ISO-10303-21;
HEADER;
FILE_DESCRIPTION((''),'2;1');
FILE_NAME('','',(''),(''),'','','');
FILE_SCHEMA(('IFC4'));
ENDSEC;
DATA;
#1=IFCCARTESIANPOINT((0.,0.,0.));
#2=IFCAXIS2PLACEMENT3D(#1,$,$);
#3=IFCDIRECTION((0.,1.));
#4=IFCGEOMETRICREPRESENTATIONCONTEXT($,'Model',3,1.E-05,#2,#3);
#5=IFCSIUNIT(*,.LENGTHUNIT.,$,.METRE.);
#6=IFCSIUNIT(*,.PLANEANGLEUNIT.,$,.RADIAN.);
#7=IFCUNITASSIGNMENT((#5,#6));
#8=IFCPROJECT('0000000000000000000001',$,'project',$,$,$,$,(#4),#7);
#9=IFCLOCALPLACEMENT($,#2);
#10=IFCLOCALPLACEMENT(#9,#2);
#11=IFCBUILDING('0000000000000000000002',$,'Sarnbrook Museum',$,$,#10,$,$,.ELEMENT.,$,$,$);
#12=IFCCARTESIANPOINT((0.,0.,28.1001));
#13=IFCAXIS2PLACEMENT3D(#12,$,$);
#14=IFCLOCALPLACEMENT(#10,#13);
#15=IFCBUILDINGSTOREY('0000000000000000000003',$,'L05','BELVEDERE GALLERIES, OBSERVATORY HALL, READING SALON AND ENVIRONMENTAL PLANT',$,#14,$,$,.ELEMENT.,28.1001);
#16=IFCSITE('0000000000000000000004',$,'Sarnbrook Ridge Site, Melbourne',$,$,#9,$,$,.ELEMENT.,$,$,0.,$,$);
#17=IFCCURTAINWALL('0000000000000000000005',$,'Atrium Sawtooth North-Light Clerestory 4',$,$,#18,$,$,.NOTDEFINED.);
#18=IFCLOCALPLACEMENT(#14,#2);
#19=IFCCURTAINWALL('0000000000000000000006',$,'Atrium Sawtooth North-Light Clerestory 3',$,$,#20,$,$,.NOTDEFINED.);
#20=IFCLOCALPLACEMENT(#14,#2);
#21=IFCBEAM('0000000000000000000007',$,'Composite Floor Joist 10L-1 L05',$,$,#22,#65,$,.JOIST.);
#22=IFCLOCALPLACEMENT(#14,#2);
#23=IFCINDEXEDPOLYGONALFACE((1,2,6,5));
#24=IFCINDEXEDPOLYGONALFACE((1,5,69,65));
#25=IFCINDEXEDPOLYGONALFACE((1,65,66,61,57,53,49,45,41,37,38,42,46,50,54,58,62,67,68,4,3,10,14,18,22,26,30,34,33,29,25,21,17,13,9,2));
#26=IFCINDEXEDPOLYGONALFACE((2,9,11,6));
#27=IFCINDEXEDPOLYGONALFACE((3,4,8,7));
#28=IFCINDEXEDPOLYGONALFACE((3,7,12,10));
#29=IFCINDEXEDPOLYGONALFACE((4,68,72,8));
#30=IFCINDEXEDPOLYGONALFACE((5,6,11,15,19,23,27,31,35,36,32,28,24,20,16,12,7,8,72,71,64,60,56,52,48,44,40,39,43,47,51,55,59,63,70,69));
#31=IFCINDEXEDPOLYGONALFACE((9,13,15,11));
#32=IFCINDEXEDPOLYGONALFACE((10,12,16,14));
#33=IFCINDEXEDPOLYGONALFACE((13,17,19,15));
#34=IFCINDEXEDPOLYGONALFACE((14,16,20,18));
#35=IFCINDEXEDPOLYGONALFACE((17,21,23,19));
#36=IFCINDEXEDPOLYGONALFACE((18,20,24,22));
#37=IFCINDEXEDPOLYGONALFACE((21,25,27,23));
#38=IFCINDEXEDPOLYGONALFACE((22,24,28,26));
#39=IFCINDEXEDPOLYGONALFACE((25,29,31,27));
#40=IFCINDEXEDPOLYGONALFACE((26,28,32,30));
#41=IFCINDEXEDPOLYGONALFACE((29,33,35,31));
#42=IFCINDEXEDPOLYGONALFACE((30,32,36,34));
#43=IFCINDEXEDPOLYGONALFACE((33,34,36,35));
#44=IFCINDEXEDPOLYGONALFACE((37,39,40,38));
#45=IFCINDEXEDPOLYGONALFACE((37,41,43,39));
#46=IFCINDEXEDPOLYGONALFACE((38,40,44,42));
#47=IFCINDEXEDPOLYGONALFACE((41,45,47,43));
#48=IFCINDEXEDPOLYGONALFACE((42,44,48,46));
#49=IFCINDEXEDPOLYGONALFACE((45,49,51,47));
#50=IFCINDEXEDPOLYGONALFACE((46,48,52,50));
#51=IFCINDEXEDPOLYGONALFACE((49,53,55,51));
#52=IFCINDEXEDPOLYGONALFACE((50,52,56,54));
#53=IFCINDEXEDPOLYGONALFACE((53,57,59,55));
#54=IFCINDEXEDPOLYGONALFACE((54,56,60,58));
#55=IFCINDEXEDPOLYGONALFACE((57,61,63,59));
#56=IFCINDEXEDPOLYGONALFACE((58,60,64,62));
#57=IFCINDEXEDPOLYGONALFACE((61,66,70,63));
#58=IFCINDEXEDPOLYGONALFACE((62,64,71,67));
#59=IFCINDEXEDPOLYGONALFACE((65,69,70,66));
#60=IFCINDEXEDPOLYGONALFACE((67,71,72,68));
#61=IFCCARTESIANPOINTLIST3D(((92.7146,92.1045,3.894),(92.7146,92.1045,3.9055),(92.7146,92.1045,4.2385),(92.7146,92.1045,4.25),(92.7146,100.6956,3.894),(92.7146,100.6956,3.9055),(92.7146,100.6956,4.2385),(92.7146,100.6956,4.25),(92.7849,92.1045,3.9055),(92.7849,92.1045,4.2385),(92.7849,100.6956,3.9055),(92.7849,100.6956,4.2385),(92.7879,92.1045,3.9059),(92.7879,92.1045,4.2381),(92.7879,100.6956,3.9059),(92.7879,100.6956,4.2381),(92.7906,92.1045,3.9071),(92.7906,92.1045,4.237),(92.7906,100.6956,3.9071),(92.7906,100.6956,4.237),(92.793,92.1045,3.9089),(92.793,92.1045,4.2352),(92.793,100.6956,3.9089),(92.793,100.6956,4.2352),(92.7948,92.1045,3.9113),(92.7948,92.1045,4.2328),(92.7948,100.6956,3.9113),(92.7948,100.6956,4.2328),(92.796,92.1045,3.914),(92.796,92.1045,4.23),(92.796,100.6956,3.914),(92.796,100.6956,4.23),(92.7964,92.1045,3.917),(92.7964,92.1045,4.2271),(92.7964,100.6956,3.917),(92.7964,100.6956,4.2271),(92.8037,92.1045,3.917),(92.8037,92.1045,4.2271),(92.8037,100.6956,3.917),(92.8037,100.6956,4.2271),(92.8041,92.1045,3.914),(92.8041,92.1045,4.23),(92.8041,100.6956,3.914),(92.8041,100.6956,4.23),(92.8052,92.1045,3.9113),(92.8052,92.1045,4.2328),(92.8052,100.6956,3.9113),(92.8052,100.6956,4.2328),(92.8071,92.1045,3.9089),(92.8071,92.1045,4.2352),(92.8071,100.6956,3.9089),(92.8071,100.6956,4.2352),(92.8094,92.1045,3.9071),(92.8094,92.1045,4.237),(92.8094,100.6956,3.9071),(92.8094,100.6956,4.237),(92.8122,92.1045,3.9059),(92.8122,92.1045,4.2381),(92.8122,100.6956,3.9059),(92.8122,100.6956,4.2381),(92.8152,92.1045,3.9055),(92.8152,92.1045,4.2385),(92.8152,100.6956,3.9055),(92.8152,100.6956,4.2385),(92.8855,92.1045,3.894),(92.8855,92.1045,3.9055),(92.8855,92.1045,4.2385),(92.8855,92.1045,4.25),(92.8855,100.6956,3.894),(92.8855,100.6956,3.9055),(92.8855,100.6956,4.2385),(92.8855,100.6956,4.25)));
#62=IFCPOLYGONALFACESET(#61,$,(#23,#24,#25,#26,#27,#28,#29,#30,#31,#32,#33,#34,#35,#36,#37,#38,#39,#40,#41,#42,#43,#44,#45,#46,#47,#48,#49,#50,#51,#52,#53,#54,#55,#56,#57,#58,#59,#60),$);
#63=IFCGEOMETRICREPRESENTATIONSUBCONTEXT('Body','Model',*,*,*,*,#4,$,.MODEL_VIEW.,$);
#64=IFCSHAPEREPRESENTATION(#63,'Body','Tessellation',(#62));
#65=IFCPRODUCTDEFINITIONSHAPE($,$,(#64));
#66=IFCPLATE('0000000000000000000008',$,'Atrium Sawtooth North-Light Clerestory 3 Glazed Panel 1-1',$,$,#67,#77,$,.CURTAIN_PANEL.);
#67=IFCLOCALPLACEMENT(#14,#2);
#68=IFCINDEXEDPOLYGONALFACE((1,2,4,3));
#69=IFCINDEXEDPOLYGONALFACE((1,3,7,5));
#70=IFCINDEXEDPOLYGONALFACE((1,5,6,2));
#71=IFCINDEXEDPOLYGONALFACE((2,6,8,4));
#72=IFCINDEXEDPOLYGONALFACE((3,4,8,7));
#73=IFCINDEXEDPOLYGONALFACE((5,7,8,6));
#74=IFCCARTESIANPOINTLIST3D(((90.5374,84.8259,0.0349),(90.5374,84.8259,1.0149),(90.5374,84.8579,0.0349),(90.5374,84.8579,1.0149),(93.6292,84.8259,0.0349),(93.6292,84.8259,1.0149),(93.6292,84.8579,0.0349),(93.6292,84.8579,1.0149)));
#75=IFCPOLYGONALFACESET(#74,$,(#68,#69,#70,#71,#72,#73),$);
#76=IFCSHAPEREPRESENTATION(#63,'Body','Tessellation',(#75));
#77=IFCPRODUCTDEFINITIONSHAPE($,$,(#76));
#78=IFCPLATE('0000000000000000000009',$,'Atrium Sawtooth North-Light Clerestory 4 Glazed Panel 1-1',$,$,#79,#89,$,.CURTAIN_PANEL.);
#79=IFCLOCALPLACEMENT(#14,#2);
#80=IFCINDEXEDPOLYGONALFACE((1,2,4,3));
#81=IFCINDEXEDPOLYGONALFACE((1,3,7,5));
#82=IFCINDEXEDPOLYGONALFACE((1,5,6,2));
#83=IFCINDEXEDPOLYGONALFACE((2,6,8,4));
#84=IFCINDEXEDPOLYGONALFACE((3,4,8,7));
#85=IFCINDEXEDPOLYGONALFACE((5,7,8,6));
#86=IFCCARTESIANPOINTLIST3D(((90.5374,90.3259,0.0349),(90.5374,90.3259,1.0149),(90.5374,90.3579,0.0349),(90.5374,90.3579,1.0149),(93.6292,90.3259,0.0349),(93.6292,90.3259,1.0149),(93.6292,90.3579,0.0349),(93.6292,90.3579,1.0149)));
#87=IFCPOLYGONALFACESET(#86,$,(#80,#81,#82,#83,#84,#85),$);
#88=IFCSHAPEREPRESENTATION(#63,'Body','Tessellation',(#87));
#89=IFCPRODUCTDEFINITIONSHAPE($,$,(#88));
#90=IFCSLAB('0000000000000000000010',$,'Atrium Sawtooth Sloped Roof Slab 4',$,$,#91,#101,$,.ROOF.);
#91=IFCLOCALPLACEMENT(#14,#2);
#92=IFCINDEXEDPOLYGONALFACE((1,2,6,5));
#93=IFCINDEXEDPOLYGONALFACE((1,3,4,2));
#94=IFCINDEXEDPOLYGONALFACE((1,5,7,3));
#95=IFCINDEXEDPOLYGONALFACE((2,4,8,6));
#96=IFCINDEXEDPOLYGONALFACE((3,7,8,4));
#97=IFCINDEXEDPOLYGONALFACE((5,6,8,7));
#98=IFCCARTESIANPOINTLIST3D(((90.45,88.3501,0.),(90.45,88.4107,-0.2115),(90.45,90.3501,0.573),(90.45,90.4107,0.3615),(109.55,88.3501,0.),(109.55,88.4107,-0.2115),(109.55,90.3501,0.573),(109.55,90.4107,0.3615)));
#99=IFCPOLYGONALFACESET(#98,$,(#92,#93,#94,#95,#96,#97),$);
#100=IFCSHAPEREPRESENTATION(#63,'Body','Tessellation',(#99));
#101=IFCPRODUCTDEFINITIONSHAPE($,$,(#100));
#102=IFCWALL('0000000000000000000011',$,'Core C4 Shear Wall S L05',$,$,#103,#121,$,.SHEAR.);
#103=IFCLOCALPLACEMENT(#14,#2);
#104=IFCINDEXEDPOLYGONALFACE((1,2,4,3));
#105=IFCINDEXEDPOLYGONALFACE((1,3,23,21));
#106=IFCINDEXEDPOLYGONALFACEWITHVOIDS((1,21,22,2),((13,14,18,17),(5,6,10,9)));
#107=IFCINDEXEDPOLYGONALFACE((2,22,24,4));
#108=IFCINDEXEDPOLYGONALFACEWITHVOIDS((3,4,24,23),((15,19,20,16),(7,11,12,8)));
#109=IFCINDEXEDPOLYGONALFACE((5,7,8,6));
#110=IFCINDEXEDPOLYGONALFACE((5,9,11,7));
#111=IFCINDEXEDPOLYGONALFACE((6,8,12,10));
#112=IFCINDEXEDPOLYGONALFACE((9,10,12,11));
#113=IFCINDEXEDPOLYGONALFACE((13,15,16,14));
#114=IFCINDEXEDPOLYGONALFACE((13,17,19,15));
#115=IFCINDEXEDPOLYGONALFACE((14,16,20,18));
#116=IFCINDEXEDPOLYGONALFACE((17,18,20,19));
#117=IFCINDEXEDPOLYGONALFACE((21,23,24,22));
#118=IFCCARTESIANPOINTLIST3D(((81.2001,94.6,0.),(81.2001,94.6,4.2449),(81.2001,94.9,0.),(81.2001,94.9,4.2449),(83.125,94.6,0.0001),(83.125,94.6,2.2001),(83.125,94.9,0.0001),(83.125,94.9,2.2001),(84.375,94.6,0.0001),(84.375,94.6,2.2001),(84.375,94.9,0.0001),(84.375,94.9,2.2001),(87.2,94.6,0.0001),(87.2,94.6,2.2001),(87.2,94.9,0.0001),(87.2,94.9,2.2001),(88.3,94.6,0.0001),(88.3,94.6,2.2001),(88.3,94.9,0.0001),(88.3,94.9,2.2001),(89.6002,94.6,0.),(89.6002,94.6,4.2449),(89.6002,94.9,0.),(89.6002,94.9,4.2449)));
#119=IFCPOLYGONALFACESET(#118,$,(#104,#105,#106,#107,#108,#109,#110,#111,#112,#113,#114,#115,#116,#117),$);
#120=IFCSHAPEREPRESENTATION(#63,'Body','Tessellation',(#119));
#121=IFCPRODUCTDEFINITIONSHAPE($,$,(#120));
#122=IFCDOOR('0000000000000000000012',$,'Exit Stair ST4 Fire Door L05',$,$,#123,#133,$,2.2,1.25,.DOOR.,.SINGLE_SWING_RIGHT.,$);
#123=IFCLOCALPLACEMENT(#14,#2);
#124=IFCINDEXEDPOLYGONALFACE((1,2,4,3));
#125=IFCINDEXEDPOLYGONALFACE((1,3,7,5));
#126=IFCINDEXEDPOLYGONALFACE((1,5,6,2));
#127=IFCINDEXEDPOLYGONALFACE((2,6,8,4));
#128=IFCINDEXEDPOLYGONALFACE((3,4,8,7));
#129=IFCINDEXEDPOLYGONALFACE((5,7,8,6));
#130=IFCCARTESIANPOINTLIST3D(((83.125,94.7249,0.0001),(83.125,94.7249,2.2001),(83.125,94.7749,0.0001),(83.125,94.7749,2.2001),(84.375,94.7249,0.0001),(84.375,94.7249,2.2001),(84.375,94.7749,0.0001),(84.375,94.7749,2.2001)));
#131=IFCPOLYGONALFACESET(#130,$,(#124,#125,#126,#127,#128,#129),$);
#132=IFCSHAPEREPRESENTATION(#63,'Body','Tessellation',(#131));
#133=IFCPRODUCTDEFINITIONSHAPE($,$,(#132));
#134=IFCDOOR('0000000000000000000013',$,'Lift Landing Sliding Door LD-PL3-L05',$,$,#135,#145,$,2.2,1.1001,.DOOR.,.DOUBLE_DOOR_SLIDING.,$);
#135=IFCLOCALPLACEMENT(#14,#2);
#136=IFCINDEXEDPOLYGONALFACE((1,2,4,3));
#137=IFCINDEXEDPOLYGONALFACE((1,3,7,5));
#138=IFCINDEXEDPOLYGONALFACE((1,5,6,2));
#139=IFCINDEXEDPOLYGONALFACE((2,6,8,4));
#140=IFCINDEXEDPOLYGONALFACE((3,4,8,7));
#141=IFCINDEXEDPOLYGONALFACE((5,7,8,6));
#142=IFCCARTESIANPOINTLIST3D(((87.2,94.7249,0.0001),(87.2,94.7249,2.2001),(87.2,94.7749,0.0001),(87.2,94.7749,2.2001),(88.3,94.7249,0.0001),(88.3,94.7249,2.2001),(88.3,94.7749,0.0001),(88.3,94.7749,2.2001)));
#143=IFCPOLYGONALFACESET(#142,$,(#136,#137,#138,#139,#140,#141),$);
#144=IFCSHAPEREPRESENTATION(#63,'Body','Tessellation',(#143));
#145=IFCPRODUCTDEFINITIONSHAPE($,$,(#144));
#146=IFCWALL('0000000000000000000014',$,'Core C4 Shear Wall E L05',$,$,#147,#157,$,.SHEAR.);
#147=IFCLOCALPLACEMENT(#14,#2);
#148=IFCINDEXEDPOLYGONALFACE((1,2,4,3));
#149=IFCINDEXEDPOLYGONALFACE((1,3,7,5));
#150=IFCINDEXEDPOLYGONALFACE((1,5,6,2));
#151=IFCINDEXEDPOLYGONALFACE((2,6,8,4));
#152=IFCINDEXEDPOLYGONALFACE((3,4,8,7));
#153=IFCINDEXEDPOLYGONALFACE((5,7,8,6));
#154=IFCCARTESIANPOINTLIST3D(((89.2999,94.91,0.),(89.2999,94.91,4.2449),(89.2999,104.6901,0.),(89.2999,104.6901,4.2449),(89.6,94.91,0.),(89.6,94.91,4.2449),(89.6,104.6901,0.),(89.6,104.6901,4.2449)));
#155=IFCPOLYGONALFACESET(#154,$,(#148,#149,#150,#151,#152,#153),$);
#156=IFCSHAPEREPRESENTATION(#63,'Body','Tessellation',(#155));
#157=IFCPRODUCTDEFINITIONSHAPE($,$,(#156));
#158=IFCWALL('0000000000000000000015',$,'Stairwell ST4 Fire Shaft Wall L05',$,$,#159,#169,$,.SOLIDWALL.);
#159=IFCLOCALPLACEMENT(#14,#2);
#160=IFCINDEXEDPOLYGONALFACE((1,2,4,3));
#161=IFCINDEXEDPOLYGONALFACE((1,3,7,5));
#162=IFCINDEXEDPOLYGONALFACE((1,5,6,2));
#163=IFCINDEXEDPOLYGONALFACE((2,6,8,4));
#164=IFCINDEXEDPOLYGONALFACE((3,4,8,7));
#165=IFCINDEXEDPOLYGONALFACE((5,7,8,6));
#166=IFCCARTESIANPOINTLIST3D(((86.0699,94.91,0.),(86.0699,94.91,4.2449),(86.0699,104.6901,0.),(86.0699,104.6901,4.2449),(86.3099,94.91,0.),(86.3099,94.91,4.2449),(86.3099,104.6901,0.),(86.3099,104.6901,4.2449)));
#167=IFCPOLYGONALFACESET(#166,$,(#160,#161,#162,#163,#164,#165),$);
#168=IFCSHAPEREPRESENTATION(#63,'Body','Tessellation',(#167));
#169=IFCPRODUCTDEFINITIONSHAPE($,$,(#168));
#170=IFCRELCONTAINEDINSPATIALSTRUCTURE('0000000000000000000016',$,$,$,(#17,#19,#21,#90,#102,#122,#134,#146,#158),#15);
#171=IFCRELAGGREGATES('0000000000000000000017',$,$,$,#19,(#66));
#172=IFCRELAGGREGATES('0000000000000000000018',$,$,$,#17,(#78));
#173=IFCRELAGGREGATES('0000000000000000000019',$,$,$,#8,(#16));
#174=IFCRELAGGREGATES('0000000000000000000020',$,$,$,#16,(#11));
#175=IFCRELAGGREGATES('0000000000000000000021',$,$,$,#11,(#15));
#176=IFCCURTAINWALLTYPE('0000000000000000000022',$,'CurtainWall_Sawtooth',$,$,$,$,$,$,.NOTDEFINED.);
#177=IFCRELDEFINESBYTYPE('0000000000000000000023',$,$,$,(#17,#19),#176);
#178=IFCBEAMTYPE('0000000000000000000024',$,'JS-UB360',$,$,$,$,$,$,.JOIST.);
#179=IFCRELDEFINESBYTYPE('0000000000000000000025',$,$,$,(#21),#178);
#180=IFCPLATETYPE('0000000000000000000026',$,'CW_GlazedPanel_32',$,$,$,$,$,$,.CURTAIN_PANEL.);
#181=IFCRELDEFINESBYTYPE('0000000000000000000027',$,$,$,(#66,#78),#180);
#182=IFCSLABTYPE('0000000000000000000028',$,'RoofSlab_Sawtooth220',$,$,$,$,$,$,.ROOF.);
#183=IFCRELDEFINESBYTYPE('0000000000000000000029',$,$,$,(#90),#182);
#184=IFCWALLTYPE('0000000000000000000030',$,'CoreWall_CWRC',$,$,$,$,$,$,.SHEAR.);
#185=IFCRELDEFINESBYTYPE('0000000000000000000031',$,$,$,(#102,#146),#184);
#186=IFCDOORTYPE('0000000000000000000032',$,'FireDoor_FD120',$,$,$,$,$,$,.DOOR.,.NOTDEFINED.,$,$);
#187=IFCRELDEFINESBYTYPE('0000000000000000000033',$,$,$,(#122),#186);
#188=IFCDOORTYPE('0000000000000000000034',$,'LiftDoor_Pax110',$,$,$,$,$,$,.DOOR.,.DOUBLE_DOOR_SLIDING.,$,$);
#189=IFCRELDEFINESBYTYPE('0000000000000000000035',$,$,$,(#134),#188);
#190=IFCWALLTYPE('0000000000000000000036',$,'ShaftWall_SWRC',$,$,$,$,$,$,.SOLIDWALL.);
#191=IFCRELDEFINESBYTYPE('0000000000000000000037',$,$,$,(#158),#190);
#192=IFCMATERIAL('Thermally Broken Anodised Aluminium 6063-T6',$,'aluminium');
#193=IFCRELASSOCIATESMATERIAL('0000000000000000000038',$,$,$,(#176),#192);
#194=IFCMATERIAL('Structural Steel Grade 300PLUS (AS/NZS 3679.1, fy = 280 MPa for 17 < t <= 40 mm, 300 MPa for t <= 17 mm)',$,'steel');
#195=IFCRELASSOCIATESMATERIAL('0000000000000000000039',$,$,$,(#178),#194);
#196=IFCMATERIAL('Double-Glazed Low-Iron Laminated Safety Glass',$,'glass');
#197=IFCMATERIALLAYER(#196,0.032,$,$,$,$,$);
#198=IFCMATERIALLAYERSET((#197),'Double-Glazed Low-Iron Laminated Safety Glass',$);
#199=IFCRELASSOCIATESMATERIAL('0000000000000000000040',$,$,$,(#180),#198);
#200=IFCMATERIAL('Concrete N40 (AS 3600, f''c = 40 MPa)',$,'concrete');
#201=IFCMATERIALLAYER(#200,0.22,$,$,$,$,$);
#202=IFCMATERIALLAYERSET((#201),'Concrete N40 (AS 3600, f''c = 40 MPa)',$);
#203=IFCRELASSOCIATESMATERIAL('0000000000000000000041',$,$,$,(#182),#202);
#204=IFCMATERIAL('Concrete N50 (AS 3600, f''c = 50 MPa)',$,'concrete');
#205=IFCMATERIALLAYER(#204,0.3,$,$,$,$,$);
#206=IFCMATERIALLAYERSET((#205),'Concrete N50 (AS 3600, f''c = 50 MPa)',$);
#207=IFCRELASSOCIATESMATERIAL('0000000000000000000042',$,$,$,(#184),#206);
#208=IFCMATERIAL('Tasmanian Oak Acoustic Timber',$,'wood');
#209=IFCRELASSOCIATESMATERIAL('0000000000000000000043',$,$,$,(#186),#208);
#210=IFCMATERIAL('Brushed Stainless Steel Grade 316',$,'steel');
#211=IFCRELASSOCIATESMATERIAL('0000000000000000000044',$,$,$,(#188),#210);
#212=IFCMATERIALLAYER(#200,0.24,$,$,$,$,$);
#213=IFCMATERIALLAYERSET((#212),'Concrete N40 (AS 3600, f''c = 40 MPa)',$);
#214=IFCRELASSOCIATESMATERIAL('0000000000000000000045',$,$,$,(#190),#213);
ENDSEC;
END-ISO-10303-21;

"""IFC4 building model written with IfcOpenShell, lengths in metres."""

from ifc_helpers import new_model, si_unit, direction, frame, frame_2d, origin, origin_2d, place, context, subcontext, project, spatial, polyline, rectangle, i_section, outline, extrude, material, layer, layer_set, material_profile, profile_set, type_object, element, fill, aggregate, save


model = new_model("IFC4")

# Units and contexts
model_context = context("Model", 3, precision=1e-05, world=origin(), true_north=direction((0.0, 1.0)))
body_context = subcontext(model_context, "Body", "Model", "MODEL_VIEW")
ifc_project = project(units=[si_unit("LENGTHUNIT", "METRE"), si_unit("PLANEANGLEUNIT", "RADIAN")], contexts=[model_context])

# Site, building, storey
site_placement = place(None, origin())
site = spatial("IfcSite", under=ifc_project, at=site_placement, Name="Sarnbrook Ridge Site, Melbourne", CompositionType="ELEMENT", RefElevation=0.0)
building_placement = place(site_placement, origin())
building = spatial("IfcBuilding", under=site, at=building_placement, Name="Sarnbrook Museum", CompositionType="ELEMENT")
storey_placement = place(building_placement, frame((0.0, 0.0, 28.1001)))
storey = spatial("IfcBuildingStorey", under=building, at=storey_placement, Name="L05", Description="BELVEDERE GALLERIES, OBSERVATORY HALL, READING SALON AND ENVIRONMENTAL PLANT", CompositionType="ELEMENT", Elevation=28.1001)

# Shared definitions
ifc_material_1 = material(Name="Structural Steel Grade 300PLUS (AS/NZS 3679.1, fy = 280 MPa for 17 < t <= 40 mm, 300 MPa for t <= 17 mm)", Category="steel")

# Curtain wall
ifc_material_2 = material(Name="Thermally Broken Anodised Aluminium 6063-T6", Category="aluminium")
curtain_wall_type = type_object("IfcCurtainWallType", Name="CurtainWall_Sawtooth", PredefinedType="NOTDEFINED", material=ifc_material_2)
curtain_wall_1_placement = place(storey_placement, origin())
curtain_wall_1 = element("IfcCurtainWall", 1, at=curtain_wall_1_placement, inside=storey, type_object=curtain_wall_type, Name="Atrium Sawtooth North-Light Clerestory 4", PredefinedType="NOTDEFINED")

# Curtain wall
curtain_wall_2_placement = place(storey_placement, origin())
curtain_wall_2 = element("IfcCurtainWall", 2, at=curtain_wall_2_placement, inside=storey, type_object=curtain_wall_type, Name="Atrium Sawtooth North-Light Clerestory 3", PredefinedType="NOTDEFINED")

# Beam
ifc_material_profile_1 = material_profile(ifc_material_1, i_section(OverallWidth=0.1709, OverallDepth=0.356, WebThickness=0.0073, FlangeThickness=0.0115, FilletRadius=0.0115, at=origin_2d()), Name="360UB50.7")
ifc_profile_set_1 = profile_set([ifc_material_profile_1], Name="Structural Steel Grade 300PLUS (AS/NZS 3679.1, fy = 280 MPa for 17 < t <= 40 mm, 300 MPa for t <= 17 mm)")
beam_type_1 = type_object("IfcBeamType", Name="JS-UB360", PredefinedType="JOIST", material=ifc_profile_set_1)
beam_placement = place(storey_placement, frame((92.8, 92.1045, 4.072), z_axis=(0.0, 1.0, 0.0), x_axis=(-1.0, 0.0, 0.0)))
element("IfcBeam", 3, at=beam_placement, inside=storey, type_object=beam_type_1, Name="Composite Floor Joist 10L-1 L05", PredefinedType="JOIST", context=body_context, shape_type="SweptSolid", body=[
    extrude(i_section(OverallWidth=0.1709, OverallDepth=0.356, WebThickness=0.0073, FlangeThickness=0.0115, FilletRadius=0.0115, at=origin_2d()), origin(), (0.0, 0.0, 1.0), 8.5911),
])

# Plates
ifc_material_3 = material(Name="Double-Glazed Low-Iron Laminated Safety Glass", Category="glass")
ifc_layer_1 = layer(ifc_material_3, 0.032)
ifc_layer_set_1 = layer_set([ifc_layer_1], Name="Double-Glazed Low-Iron Laminated Safety Glass")
plate_type = type_object("IfcPlateType", Name="CW_GlazedPanel_32", PredefinedType="CURTAIN_PANEL", material=ifc_layer_set_1)
plate_1_placement = place(storey_placement, frame((92.0833, 84.8579, 0.5249), z_axis=(0.0, -1.0, 0.0), x_axis=(1.0, 0.0, 0.0)))
plate_1 = element("IfcPlate", 4, at=plate_1_placement, type_object=plate_type, Name="Atrium Sawtooth North-Light Clerestory 3 Glazed Panel 1-1", PredefinedType="CURTAIN_PANEL", context=body_context, shape_type="SweptSolid", body=[
    extrude(rectangle(XDim=3.0918, YDim=0.98, at=origin_2d()), origin(), (0.0, 0.0, 1.0), 0.032),
])
aggregate(curtain_wall_2, [plate_1])
plate_2_placement = place(storey_placement, frame((92.0833, 90.3579, 0.5249), z_axis=(0.0, -1.0, 0.0), x_axis=(1.0, 0.0, 0.0)))
plate_2 = element("IfcPlate", 5, at=plate_2_placement, type_object=plate_type, Name="Atrium Sawtooth North-Light Clerestory 4 Glazed Panel 1-1", PredefinedType="CURTAIN_PANEL", context=body_context, shape_type="SweptSolid", body=[
    extrude(rectangle(XDim=3.0918, YDim=0.98, at=origin_2d()), origin(), (0.0, 0.0, 1.0), 0.032),
])
aggregate(curtain_wall_1, [plate_2])

# Slab
ifc_material_4 = material(Name="Concrete N40 (AS 3600, f'c = 40 MPa)", Category="concrete")
ifc_layer_2 = layer(ifc_material_4, 0.22)
ifc_layer_set_2 = layer_set([ifc_layer_2], Name="Concrete N40 (AS 3600, f'c = 40 MPa)")
slab_type = type_object("IfcSlabType", Name="RoofSlab_Sawtooth220", PredefinedType="ROOF", material=ifc_layer_set_2)
slab_placement = place(storey_placement, frame((90.45, 88.3501, 0.0), z_axis=(0.0, -0.275419, 0.961324), x_axis=(1.0, 0.0, 0.0)))
element("IfcSlab", 6, at=slab_placement, inside=storey, type_object=slab_type, Name="Atrium Sawtooth Sloped Roof Slab 4", PredefinedType="ROOF", context=body_context, shape_type="SweptSolid", body=[
    extrude(outline(polyline([(0.0, 0.0), (19.1001, 0.0), (19.1001, 2.0805), (0.0, 2.0805), (0.0, 0.0)])), origin(), (0.0, 0.0, -1.0), 0.22),
])

# Wall, openings, doors
ifc_material_5 = material(Name="Concrete N50 (AS 3600, f'c = 50 MPa)", Category="concrete")
ifc_layer_3 = layer(ifc_material_5, 0.3)
ifc_layer_set_3 = layer_set([ifc_layer_3], Name="Concrete N50 (AS 3600, f'c = 50 MPa)")
wall_type_1 = type_object("IfcWallType", Name="CoreWall_CWRC", PredefinedType="SHEAR", material=ifc_layer_set_3)
wall_1_placement = place(storey_placement, frame((81.2, 94.75, 0.0), z_axis=(0.0, 0.0, 1.0), x_axis=(1.0, 0.0, 0.0)))
wall_1 = element("IfcWall", 7, at=wall_1_placement, inside=storey, type_object=wall_type_1, Name="Core C4 Shear Wall S L05", PredefinedType="SHEAR", context=body_context, shape_type="SweptSolid", body=[
    extrude(rectangle(XDim=8.4001, YDim=0.3, at=frame_2d((4.2002, 0.0))), origin(), (0.0, 0.0, 1.0), 4.2449),
])
opening_1_placement = place(wall_1_placement, frame((1.925, 0.0, 0.0)))
opening_1 = element("IfcOpeningElement", 8, at=opening_1_placement, cuts=wall_1, PredefinedType="OPENING", context=body_context, shape_type="SweptSolid", body=[
    extrude(rectangle(XDim=1.25, YDim=2.2, at=frame_2d((0.625, 1.1001))), frame((0.0, 0.1602, 0.0), z_axis=(0.0, -1.0, 0.0), x_axis=(1.0, 0.0, 0.0)), (0.0, 0.0, 1.0), 0.3201),
])
opening_2_placement = place(wall_1_placement, frame((6.0, 0.0, 0.0)))
opening_2 = element("IfcOpeningElement", 9, at=opening_2_placement, cuts=wall_1, PredefinedType="OPENING", context=body_context, shape_type="SweptSolid", body=[
    extrude(rectangle(XDim=1.1001, YDim=2.2, at=frame_2d((0.55, 1.1001))), frame((0.0, 0.1602, 0.0), z_axis=(0.0, -1.0, 0.0), x_axis=(1.0, 0.0, 0.0)), (0.0, 0.0, 1.0), 0.3201),
])
ifc_material_6 = material(Name="Tasmanian Oak Acoustic Timber", Category="wood")
door_type_1 = type_object("IfcDoorType", Name="FireDoor_FD120", OperationType="NOTDEFINED", PredefinedType="DOOR", material=ifc_material_6)
door_1_placement = place(opening_1_placement, origin())
door_1 = element("IfcDoor", 10, at=door_1_placement, inside=storey, type_object=door_type_1, Name="Exit Stair ST4 Fire Door L05", OperationType="SINGLE_SWING_RIGHT", OverallHeight=2.2, OverallWidth=1.25, PredefinedType="DOOR", context=body_context, shape_type="SweptSolid", body=[
    extrude(rectangle(XDim=1.25, YDim=2.2, at=frame_2d((0.625, 1.1001))), frame((0.0, 0.0249, 0.0), z_axis=(0.0, -1.0, 0.0), x_axis=(1.0, 0.0, 0.0)), (0.0, 0.0, 1.0), 0.05),
])
fill(opening_1, door_1)
ifc_material_7 = material(Name="Brushed Stainless Steel Grade 316", Category="steel")
door_type_2 = type_object("IfcDoorType", Name="LiftDoor_Pax110", OperationType="DOUBLE_DOOR_SLIDING", PredefinedType="DOOR", material=ifc_material_7)
door_2_placement = place(opening_2_placement, origin())
door_2 = element("IfcDoor", 11, at=door_2_placement, inside=storey, type_object=door_type_2, Name="Lift Landing Sliding Door LD-PL3-L05", OperationType="DOUBLE_DOOR_SLIDING", OverallHeight=2.2, OverallWidth=1.1001, PredefinedType="DOOR", context=body_context, shape_type="SweptSolid", body=[
    extrude(rectangle(XDim=1.1001, YDim=2.2, at=frame_2d((0.55, 1.1001))), frame((0.0, 0.0249, 0.0), z_axis=(0.0, -1.0, 0.0), x_axis=(1.0, 0.0, 0.0)), (0.0, 0.0, 1.0), 0.05),
])
fill(opening_2, door_2)

# Walls
wall_2_placement = place(storey_placement, frame((89.45, 94.9099, 0.0), z_axis=(0.0, 0.0, 1.0), x_axis=(0.0, 1.0, 0.0)))
element("IfcWall", 12, at=wall_2_placement, inside=storey, type_object=wall_type_1, Name="Core C4 Shear Wall E L05", PredefinedType="SHEAR", context=body_context, shape_type="SweptSolid", body=[
    extrude(rectangle(XDim=9.78, YDim=0.3, at=frame_2d((4.8901, 0.0))), origin(), (0.0, 0.0, 1.0), 4.2449),
])
ifc_layer_4 = layer(ifc_material_4, 0.24)
ifc_layer_set_4 = layer_set([ifc_layer_4], Name="Concrete N40 (AS 3600, f'c = 40 MPa)")
wall_type_2 = type_object("IfcWallType", Name="ShaftWall_SWRC", PredefinedType="SOLIDWALL", material=ifc_layer_set_4)
wall_3_placement = place(storey_placement, frame((86.1899, 94.9099, 0.0), z_axis=(0.0, 0.0, 1.0), x_axis=(0.0, 1.0, 0.0)))
element("IfcWall", 13, at=wall_3_placement, inside=storey, type_object=wall_type_2, Name="Stairwell ST4 Fire Shaft Wall L05", PredefinedType="SOLIDWALL", context=body_context, shape_type="SweptSolid", body=[
    extrude(rectangle(XDim=9.78, YDim=0.24, at=frame_2d((4.8901, 0.0))), origin(), (0.0, 0.0, 1.0), 4.2449),
])

save(model, "model.ifc")
